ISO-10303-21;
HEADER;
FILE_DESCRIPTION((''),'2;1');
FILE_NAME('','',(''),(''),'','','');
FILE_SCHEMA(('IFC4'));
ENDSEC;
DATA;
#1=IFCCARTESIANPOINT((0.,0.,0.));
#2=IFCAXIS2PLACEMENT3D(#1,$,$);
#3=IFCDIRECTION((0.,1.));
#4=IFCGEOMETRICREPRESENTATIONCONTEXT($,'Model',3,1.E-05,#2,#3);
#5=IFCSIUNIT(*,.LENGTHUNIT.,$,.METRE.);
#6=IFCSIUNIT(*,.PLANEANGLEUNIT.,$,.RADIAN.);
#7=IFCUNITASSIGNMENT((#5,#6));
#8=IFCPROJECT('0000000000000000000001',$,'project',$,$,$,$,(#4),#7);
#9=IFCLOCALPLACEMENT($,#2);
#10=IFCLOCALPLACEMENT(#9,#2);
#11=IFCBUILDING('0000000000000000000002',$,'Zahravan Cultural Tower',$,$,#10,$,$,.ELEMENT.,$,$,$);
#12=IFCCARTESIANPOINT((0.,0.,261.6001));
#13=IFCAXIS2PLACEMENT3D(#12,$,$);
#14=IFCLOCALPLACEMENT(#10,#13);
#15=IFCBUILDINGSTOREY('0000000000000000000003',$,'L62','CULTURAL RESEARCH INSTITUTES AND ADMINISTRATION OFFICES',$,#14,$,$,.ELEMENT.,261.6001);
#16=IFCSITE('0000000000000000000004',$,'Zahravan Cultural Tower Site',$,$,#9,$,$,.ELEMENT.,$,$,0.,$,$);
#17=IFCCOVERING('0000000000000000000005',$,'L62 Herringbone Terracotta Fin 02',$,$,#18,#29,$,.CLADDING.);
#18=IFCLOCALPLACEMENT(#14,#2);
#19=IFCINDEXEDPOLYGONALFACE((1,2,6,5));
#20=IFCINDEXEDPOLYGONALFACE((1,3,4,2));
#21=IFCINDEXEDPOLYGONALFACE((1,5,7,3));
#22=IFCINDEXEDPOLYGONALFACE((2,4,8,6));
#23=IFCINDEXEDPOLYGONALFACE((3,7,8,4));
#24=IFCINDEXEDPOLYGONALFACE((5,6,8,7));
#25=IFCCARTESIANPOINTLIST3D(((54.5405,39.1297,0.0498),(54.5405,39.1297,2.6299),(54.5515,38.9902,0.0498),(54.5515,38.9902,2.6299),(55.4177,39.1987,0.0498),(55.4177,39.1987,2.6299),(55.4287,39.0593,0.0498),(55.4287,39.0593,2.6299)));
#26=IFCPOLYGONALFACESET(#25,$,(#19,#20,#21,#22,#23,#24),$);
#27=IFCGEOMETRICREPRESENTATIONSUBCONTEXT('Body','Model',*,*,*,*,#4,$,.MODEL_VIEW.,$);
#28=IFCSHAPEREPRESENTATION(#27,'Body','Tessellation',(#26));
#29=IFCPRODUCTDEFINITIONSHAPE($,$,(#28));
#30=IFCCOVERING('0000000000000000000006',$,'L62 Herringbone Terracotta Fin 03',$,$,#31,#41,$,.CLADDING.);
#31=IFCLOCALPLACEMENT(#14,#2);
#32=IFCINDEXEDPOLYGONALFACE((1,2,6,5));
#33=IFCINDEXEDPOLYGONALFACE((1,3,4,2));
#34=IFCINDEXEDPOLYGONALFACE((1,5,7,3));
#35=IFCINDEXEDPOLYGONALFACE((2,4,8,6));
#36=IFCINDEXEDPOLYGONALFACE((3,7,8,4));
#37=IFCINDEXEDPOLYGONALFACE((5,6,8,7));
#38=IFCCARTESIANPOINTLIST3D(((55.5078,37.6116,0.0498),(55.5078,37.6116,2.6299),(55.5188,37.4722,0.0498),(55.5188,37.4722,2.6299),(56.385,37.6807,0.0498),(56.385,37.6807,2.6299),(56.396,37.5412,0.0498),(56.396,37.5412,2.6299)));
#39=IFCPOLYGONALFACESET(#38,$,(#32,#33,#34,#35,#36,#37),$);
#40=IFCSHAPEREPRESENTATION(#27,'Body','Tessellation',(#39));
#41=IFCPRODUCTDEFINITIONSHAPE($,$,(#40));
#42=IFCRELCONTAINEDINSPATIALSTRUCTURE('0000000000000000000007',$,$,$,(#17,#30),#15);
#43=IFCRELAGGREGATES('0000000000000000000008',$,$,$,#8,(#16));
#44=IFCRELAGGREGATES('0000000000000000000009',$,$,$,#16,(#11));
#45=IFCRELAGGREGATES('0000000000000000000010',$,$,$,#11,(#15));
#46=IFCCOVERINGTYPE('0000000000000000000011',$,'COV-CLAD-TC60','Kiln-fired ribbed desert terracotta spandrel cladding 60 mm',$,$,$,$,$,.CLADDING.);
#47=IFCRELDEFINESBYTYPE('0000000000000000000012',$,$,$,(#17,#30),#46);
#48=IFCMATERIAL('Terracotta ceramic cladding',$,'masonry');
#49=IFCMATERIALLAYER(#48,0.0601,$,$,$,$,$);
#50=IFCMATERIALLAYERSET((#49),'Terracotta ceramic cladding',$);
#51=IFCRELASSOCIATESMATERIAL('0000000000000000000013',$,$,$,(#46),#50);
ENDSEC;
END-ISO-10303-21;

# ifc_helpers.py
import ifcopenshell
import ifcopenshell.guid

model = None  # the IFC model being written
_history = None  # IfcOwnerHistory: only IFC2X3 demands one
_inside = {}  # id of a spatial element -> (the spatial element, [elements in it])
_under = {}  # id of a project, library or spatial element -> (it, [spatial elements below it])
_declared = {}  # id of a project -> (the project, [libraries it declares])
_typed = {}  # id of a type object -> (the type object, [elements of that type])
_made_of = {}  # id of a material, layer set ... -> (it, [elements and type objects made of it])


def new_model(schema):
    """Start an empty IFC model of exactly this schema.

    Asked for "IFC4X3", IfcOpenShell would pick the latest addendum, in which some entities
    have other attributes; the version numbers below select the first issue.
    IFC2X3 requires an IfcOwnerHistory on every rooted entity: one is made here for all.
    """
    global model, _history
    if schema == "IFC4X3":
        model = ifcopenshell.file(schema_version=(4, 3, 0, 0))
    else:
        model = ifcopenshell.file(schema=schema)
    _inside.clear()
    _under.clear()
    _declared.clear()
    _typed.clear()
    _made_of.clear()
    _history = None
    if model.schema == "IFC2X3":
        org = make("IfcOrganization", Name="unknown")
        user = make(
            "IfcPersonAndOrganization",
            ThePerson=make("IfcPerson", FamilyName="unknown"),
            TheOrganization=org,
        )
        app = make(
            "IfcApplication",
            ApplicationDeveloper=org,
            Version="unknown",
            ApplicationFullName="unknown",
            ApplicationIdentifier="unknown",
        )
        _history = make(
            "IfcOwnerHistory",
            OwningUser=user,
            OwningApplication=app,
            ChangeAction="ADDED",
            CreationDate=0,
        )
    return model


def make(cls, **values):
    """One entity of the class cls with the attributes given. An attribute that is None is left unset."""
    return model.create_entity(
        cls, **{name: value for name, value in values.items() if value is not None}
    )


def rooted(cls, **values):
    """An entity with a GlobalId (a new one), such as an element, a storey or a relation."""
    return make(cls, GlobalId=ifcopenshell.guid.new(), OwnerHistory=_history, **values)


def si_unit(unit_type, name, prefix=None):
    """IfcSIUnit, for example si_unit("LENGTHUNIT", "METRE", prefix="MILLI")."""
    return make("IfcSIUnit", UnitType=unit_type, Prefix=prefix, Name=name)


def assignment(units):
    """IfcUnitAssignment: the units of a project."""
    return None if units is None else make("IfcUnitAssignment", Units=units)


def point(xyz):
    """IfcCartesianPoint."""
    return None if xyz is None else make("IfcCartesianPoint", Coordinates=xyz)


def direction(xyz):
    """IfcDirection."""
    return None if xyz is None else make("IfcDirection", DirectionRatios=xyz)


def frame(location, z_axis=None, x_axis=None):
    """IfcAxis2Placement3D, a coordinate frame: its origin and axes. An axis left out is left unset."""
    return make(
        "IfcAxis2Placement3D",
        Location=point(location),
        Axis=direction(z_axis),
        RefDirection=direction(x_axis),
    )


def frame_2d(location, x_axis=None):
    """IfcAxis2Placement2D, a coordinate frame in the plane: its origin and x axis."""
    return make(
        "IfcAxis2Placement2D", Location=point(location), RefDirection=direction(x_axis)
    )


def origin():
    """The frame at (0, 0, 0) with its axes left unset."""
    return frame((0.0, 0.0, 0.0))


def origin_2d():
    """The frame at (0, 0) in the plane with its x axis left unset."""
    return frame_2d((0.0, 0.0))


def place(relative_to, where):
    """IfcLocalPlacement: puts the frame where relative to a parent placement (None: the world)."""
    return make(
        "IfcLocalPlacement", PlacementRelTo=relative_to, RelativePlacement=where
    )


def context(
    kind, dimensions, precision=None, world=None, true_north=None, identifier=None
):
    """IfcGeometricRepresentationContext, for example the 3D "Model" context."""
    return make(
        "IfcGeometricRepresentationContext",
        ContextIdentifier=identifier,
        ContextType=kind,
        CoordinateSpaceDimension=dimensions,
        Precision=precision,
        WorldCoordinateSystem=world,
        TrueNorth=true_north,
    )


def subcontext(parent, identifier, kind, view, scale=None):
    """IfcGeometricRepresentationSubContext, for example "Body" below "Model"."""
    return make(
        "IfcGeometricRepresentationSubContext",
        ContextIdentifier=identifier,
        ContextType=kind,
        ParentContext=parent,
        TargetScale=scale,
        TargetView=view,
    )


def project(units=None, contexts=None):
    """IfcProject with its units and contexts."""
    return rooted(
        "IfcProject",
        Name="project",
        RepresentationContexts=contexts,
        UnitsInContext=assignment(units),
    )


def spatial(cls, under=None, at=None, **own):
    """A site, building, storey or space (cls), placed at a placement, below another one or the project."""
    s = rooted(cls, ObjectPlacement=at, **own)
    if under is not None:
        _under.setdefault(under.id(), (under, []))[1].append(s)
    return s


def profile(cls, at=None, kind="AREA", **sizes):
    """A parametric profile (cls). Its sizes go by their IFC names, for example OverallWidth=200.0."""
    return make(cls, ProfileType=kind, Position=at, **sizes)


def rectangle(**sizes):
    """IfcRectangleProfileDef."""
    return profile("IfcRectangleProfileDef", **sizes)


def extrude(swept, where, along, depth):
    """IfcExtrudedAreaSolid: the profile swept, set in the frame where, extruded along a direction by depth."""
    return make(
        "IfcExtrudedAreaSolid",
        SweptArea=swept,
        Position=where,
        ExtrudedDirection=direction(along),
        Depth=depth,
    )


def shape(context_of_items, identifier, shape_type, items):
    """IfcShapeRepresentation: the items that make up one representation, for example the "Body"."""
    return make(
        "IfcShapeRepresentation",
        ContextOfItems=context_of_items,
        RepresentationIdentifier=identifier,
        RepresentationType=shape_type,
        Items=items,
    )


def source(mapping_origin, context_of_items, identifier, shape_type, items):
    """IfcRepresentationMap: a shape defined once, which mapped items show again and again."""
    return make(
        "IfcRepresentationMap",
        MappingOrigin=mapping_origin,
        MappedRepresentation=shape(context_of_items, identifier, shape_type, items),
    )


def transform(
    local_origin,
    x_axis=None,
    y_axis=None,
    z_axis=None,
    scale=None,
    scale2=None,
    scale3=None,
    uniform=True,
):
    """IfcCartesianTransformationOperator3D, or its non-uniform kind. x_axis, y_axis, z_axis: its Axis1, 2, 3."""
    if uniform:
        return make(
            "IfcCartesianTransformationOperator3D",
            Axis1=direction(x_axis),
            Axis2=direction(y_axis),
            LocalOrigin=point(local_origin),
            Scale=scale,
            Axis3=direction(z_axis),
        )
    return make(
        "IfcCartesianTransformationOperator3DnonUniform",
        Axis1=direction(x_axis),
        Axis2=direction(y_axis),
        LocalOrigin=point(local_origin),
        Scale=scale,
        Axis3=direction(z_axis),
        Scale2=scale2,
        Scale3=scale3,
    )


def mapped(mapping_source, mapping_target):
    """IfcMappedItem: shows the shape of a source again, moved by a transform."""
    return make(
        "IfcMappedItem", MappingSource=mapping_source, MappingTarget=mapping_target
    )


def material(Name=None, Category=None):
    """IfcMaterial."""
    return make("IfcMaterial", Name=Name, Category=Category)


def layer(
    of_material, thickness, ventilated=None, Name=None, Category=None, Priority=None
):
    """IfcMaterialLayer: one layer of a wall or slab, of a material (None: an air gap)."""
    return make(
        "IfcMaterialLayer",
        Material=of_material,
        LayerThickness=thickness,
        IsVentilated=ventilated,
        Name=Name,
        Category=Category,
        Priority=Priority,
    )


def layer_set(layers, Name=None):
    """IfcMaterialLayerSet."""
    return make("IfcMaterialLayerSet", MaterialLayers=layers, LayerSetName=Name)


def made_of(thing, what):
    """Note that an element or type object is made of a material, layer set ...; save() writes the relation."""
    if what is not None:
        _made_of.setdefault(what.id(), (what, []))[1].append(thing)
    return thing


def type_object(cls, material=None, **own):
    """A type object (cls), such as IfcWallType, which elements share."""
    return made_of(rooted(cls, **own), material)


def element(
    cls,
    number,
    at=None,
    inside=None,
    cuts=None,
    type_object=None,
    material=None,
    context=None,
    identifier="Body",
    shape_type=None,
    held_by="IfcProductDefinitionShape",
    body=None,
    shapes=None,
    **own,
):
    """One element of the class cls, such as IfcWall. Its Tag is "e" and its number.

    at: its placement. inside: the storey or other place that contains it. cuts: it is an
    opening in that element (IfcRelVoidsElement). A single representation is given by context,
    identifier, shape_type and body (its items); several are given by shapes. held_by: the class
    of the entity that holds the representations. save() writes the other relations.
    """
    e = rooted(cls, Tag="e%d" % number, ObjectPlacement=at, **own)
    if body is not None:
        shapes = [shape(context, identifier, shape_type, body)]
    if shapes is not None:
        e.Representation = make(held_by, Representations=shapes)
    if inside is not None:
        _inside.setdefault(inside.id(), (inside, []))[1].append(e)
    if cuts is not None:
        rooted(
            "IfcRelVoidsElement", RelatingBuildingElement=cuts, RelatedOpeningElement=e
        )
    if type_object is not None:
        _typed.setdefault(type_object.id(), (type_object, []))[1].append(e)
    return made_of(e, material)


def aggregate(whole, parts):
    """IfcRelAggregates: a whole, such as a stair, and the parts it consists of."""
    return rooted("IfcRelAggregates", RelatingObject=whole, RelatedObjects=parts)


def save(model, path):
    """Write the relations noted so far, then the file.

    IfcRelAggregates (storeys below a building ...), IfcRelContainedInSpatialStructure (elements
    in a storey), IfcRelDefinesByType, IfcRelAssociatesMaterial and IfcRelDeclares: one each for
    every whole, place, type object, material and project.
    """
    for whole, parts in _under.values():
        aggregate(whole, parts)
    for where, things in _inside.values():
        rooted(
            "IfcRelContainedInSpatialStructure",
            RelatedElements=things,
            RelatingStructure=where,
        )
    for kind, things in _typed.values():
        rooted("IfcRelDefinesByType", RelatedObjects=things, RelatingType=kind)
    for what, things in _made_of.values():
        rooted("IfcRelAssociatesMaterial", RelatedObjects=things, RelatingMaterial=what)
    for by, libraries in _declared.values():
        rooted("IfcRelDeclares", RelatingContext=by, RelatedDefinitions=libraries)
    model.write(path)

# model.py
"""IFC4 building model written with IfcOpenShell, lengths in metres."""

from ifc_helpers import new_model, si_unit, direction, frame, origin, origin_2d, place, context, subcontext, project, spatial, rectangle, extrude, source, transform, mapped, material, layer, layer_set, type_object, element, save


model = new_model("IFC4")

# Units and contexts
model_context = context("Model", 3, precision=1e-05, world=origin(), true_north=direction((0.0, 1.0)))
body_context = subcontext(model_context, "Body", "Model", "MODEL_VIEW")
ifc_project = project(units=[si_unit("LENGTHUNIT", "METRE"), si_unit("PLANEANGLEUNIT", "RADIAN")], contexts=[model_context])

# Site, building, storey
site_placement = place(None, origin())
site = spatial("IfcSite", under=ifc_project, at=site_placement, Name="Zahravan Cultural Tower Site", CompositionType="ELEMENT", RefElevation=0.0)
building_placement = place(site_placement, origin())
building = spatial("IfcBuilding", under=site, at=building_placement, Name="Zahravan Cultural Tower", CompositionType="ELEMENT")
storey_placement = place(building_placement, frame((0.0, 0.0, 261.6001)))
storey = spatial("IfcBuildingStorey", under=building, at=storey_placement, Name="L62", Description="CULTURAL RESEARCH INSTITUTES AND ADMINISTRATION OFFICES", CompositionType="ELEMENT", Elevation=261.6001)

# Coverings
ifc_material_1 = material(Name="Terracotta ceramic cladding", Category="masonry")
ifc_layer_1 = layer(ifc_material_1, 0.0601)
ifc_layer_set_1 = layer_set([ifc_layer_1], Name="Terracotta ceramic cladding")
covering_type = type_object("IfcCoveringType", Name="COV-CLAD-TC60", Description="Kiln-fired ribbed desert terracotta spandrel cladding 60 mm", PredefinedType="CLADDING", material=ifc_layer_set_1)
shared_shape_1 = source(origin(), body_context, "Body", "SweptSolid", [
    extrude(rectangle(XDim=0.8799, YDim=0.1399, at=origin_2d()), origin(), (0.0, 0.0, 1.0), 2.5801),
])
for number, where, z_axis, x_axis, name in (
    (1, (54.9846, 39.0945, 0.0498), (0.0, 0.0, 1.0), (0.996917, 0.078459, 0.0), "L62 Herringbone Terracotta Fin 02"),
    (2, (55.9519, 37.5764, 0.0498), (0.0, 0.0, 1.0), (0.996917, 0.078459, 0.0), "L62 Herringbone Terracotta Fin 03"),
):
    element("IfcCovering", number, at=place(storey_placement, frame(where, z_axis=z_axis, x_axis=x_axis)), inside=storey, type_object=covering_type, Name=name, PredefinedType="CLADDING", context=body_context, shape_type="MappedRepresentation", body=[
        mapped(shared_shape_1, transform((0.0, 0.0, 0.0), x_axis=(1.0, 0.0, 0.0), y_axis=(0.0, 1.0, 0.0), z_axis=(0.0, 0.0, 1.0), scale=1.0)),
    ])

save(model, "model.ifc")
